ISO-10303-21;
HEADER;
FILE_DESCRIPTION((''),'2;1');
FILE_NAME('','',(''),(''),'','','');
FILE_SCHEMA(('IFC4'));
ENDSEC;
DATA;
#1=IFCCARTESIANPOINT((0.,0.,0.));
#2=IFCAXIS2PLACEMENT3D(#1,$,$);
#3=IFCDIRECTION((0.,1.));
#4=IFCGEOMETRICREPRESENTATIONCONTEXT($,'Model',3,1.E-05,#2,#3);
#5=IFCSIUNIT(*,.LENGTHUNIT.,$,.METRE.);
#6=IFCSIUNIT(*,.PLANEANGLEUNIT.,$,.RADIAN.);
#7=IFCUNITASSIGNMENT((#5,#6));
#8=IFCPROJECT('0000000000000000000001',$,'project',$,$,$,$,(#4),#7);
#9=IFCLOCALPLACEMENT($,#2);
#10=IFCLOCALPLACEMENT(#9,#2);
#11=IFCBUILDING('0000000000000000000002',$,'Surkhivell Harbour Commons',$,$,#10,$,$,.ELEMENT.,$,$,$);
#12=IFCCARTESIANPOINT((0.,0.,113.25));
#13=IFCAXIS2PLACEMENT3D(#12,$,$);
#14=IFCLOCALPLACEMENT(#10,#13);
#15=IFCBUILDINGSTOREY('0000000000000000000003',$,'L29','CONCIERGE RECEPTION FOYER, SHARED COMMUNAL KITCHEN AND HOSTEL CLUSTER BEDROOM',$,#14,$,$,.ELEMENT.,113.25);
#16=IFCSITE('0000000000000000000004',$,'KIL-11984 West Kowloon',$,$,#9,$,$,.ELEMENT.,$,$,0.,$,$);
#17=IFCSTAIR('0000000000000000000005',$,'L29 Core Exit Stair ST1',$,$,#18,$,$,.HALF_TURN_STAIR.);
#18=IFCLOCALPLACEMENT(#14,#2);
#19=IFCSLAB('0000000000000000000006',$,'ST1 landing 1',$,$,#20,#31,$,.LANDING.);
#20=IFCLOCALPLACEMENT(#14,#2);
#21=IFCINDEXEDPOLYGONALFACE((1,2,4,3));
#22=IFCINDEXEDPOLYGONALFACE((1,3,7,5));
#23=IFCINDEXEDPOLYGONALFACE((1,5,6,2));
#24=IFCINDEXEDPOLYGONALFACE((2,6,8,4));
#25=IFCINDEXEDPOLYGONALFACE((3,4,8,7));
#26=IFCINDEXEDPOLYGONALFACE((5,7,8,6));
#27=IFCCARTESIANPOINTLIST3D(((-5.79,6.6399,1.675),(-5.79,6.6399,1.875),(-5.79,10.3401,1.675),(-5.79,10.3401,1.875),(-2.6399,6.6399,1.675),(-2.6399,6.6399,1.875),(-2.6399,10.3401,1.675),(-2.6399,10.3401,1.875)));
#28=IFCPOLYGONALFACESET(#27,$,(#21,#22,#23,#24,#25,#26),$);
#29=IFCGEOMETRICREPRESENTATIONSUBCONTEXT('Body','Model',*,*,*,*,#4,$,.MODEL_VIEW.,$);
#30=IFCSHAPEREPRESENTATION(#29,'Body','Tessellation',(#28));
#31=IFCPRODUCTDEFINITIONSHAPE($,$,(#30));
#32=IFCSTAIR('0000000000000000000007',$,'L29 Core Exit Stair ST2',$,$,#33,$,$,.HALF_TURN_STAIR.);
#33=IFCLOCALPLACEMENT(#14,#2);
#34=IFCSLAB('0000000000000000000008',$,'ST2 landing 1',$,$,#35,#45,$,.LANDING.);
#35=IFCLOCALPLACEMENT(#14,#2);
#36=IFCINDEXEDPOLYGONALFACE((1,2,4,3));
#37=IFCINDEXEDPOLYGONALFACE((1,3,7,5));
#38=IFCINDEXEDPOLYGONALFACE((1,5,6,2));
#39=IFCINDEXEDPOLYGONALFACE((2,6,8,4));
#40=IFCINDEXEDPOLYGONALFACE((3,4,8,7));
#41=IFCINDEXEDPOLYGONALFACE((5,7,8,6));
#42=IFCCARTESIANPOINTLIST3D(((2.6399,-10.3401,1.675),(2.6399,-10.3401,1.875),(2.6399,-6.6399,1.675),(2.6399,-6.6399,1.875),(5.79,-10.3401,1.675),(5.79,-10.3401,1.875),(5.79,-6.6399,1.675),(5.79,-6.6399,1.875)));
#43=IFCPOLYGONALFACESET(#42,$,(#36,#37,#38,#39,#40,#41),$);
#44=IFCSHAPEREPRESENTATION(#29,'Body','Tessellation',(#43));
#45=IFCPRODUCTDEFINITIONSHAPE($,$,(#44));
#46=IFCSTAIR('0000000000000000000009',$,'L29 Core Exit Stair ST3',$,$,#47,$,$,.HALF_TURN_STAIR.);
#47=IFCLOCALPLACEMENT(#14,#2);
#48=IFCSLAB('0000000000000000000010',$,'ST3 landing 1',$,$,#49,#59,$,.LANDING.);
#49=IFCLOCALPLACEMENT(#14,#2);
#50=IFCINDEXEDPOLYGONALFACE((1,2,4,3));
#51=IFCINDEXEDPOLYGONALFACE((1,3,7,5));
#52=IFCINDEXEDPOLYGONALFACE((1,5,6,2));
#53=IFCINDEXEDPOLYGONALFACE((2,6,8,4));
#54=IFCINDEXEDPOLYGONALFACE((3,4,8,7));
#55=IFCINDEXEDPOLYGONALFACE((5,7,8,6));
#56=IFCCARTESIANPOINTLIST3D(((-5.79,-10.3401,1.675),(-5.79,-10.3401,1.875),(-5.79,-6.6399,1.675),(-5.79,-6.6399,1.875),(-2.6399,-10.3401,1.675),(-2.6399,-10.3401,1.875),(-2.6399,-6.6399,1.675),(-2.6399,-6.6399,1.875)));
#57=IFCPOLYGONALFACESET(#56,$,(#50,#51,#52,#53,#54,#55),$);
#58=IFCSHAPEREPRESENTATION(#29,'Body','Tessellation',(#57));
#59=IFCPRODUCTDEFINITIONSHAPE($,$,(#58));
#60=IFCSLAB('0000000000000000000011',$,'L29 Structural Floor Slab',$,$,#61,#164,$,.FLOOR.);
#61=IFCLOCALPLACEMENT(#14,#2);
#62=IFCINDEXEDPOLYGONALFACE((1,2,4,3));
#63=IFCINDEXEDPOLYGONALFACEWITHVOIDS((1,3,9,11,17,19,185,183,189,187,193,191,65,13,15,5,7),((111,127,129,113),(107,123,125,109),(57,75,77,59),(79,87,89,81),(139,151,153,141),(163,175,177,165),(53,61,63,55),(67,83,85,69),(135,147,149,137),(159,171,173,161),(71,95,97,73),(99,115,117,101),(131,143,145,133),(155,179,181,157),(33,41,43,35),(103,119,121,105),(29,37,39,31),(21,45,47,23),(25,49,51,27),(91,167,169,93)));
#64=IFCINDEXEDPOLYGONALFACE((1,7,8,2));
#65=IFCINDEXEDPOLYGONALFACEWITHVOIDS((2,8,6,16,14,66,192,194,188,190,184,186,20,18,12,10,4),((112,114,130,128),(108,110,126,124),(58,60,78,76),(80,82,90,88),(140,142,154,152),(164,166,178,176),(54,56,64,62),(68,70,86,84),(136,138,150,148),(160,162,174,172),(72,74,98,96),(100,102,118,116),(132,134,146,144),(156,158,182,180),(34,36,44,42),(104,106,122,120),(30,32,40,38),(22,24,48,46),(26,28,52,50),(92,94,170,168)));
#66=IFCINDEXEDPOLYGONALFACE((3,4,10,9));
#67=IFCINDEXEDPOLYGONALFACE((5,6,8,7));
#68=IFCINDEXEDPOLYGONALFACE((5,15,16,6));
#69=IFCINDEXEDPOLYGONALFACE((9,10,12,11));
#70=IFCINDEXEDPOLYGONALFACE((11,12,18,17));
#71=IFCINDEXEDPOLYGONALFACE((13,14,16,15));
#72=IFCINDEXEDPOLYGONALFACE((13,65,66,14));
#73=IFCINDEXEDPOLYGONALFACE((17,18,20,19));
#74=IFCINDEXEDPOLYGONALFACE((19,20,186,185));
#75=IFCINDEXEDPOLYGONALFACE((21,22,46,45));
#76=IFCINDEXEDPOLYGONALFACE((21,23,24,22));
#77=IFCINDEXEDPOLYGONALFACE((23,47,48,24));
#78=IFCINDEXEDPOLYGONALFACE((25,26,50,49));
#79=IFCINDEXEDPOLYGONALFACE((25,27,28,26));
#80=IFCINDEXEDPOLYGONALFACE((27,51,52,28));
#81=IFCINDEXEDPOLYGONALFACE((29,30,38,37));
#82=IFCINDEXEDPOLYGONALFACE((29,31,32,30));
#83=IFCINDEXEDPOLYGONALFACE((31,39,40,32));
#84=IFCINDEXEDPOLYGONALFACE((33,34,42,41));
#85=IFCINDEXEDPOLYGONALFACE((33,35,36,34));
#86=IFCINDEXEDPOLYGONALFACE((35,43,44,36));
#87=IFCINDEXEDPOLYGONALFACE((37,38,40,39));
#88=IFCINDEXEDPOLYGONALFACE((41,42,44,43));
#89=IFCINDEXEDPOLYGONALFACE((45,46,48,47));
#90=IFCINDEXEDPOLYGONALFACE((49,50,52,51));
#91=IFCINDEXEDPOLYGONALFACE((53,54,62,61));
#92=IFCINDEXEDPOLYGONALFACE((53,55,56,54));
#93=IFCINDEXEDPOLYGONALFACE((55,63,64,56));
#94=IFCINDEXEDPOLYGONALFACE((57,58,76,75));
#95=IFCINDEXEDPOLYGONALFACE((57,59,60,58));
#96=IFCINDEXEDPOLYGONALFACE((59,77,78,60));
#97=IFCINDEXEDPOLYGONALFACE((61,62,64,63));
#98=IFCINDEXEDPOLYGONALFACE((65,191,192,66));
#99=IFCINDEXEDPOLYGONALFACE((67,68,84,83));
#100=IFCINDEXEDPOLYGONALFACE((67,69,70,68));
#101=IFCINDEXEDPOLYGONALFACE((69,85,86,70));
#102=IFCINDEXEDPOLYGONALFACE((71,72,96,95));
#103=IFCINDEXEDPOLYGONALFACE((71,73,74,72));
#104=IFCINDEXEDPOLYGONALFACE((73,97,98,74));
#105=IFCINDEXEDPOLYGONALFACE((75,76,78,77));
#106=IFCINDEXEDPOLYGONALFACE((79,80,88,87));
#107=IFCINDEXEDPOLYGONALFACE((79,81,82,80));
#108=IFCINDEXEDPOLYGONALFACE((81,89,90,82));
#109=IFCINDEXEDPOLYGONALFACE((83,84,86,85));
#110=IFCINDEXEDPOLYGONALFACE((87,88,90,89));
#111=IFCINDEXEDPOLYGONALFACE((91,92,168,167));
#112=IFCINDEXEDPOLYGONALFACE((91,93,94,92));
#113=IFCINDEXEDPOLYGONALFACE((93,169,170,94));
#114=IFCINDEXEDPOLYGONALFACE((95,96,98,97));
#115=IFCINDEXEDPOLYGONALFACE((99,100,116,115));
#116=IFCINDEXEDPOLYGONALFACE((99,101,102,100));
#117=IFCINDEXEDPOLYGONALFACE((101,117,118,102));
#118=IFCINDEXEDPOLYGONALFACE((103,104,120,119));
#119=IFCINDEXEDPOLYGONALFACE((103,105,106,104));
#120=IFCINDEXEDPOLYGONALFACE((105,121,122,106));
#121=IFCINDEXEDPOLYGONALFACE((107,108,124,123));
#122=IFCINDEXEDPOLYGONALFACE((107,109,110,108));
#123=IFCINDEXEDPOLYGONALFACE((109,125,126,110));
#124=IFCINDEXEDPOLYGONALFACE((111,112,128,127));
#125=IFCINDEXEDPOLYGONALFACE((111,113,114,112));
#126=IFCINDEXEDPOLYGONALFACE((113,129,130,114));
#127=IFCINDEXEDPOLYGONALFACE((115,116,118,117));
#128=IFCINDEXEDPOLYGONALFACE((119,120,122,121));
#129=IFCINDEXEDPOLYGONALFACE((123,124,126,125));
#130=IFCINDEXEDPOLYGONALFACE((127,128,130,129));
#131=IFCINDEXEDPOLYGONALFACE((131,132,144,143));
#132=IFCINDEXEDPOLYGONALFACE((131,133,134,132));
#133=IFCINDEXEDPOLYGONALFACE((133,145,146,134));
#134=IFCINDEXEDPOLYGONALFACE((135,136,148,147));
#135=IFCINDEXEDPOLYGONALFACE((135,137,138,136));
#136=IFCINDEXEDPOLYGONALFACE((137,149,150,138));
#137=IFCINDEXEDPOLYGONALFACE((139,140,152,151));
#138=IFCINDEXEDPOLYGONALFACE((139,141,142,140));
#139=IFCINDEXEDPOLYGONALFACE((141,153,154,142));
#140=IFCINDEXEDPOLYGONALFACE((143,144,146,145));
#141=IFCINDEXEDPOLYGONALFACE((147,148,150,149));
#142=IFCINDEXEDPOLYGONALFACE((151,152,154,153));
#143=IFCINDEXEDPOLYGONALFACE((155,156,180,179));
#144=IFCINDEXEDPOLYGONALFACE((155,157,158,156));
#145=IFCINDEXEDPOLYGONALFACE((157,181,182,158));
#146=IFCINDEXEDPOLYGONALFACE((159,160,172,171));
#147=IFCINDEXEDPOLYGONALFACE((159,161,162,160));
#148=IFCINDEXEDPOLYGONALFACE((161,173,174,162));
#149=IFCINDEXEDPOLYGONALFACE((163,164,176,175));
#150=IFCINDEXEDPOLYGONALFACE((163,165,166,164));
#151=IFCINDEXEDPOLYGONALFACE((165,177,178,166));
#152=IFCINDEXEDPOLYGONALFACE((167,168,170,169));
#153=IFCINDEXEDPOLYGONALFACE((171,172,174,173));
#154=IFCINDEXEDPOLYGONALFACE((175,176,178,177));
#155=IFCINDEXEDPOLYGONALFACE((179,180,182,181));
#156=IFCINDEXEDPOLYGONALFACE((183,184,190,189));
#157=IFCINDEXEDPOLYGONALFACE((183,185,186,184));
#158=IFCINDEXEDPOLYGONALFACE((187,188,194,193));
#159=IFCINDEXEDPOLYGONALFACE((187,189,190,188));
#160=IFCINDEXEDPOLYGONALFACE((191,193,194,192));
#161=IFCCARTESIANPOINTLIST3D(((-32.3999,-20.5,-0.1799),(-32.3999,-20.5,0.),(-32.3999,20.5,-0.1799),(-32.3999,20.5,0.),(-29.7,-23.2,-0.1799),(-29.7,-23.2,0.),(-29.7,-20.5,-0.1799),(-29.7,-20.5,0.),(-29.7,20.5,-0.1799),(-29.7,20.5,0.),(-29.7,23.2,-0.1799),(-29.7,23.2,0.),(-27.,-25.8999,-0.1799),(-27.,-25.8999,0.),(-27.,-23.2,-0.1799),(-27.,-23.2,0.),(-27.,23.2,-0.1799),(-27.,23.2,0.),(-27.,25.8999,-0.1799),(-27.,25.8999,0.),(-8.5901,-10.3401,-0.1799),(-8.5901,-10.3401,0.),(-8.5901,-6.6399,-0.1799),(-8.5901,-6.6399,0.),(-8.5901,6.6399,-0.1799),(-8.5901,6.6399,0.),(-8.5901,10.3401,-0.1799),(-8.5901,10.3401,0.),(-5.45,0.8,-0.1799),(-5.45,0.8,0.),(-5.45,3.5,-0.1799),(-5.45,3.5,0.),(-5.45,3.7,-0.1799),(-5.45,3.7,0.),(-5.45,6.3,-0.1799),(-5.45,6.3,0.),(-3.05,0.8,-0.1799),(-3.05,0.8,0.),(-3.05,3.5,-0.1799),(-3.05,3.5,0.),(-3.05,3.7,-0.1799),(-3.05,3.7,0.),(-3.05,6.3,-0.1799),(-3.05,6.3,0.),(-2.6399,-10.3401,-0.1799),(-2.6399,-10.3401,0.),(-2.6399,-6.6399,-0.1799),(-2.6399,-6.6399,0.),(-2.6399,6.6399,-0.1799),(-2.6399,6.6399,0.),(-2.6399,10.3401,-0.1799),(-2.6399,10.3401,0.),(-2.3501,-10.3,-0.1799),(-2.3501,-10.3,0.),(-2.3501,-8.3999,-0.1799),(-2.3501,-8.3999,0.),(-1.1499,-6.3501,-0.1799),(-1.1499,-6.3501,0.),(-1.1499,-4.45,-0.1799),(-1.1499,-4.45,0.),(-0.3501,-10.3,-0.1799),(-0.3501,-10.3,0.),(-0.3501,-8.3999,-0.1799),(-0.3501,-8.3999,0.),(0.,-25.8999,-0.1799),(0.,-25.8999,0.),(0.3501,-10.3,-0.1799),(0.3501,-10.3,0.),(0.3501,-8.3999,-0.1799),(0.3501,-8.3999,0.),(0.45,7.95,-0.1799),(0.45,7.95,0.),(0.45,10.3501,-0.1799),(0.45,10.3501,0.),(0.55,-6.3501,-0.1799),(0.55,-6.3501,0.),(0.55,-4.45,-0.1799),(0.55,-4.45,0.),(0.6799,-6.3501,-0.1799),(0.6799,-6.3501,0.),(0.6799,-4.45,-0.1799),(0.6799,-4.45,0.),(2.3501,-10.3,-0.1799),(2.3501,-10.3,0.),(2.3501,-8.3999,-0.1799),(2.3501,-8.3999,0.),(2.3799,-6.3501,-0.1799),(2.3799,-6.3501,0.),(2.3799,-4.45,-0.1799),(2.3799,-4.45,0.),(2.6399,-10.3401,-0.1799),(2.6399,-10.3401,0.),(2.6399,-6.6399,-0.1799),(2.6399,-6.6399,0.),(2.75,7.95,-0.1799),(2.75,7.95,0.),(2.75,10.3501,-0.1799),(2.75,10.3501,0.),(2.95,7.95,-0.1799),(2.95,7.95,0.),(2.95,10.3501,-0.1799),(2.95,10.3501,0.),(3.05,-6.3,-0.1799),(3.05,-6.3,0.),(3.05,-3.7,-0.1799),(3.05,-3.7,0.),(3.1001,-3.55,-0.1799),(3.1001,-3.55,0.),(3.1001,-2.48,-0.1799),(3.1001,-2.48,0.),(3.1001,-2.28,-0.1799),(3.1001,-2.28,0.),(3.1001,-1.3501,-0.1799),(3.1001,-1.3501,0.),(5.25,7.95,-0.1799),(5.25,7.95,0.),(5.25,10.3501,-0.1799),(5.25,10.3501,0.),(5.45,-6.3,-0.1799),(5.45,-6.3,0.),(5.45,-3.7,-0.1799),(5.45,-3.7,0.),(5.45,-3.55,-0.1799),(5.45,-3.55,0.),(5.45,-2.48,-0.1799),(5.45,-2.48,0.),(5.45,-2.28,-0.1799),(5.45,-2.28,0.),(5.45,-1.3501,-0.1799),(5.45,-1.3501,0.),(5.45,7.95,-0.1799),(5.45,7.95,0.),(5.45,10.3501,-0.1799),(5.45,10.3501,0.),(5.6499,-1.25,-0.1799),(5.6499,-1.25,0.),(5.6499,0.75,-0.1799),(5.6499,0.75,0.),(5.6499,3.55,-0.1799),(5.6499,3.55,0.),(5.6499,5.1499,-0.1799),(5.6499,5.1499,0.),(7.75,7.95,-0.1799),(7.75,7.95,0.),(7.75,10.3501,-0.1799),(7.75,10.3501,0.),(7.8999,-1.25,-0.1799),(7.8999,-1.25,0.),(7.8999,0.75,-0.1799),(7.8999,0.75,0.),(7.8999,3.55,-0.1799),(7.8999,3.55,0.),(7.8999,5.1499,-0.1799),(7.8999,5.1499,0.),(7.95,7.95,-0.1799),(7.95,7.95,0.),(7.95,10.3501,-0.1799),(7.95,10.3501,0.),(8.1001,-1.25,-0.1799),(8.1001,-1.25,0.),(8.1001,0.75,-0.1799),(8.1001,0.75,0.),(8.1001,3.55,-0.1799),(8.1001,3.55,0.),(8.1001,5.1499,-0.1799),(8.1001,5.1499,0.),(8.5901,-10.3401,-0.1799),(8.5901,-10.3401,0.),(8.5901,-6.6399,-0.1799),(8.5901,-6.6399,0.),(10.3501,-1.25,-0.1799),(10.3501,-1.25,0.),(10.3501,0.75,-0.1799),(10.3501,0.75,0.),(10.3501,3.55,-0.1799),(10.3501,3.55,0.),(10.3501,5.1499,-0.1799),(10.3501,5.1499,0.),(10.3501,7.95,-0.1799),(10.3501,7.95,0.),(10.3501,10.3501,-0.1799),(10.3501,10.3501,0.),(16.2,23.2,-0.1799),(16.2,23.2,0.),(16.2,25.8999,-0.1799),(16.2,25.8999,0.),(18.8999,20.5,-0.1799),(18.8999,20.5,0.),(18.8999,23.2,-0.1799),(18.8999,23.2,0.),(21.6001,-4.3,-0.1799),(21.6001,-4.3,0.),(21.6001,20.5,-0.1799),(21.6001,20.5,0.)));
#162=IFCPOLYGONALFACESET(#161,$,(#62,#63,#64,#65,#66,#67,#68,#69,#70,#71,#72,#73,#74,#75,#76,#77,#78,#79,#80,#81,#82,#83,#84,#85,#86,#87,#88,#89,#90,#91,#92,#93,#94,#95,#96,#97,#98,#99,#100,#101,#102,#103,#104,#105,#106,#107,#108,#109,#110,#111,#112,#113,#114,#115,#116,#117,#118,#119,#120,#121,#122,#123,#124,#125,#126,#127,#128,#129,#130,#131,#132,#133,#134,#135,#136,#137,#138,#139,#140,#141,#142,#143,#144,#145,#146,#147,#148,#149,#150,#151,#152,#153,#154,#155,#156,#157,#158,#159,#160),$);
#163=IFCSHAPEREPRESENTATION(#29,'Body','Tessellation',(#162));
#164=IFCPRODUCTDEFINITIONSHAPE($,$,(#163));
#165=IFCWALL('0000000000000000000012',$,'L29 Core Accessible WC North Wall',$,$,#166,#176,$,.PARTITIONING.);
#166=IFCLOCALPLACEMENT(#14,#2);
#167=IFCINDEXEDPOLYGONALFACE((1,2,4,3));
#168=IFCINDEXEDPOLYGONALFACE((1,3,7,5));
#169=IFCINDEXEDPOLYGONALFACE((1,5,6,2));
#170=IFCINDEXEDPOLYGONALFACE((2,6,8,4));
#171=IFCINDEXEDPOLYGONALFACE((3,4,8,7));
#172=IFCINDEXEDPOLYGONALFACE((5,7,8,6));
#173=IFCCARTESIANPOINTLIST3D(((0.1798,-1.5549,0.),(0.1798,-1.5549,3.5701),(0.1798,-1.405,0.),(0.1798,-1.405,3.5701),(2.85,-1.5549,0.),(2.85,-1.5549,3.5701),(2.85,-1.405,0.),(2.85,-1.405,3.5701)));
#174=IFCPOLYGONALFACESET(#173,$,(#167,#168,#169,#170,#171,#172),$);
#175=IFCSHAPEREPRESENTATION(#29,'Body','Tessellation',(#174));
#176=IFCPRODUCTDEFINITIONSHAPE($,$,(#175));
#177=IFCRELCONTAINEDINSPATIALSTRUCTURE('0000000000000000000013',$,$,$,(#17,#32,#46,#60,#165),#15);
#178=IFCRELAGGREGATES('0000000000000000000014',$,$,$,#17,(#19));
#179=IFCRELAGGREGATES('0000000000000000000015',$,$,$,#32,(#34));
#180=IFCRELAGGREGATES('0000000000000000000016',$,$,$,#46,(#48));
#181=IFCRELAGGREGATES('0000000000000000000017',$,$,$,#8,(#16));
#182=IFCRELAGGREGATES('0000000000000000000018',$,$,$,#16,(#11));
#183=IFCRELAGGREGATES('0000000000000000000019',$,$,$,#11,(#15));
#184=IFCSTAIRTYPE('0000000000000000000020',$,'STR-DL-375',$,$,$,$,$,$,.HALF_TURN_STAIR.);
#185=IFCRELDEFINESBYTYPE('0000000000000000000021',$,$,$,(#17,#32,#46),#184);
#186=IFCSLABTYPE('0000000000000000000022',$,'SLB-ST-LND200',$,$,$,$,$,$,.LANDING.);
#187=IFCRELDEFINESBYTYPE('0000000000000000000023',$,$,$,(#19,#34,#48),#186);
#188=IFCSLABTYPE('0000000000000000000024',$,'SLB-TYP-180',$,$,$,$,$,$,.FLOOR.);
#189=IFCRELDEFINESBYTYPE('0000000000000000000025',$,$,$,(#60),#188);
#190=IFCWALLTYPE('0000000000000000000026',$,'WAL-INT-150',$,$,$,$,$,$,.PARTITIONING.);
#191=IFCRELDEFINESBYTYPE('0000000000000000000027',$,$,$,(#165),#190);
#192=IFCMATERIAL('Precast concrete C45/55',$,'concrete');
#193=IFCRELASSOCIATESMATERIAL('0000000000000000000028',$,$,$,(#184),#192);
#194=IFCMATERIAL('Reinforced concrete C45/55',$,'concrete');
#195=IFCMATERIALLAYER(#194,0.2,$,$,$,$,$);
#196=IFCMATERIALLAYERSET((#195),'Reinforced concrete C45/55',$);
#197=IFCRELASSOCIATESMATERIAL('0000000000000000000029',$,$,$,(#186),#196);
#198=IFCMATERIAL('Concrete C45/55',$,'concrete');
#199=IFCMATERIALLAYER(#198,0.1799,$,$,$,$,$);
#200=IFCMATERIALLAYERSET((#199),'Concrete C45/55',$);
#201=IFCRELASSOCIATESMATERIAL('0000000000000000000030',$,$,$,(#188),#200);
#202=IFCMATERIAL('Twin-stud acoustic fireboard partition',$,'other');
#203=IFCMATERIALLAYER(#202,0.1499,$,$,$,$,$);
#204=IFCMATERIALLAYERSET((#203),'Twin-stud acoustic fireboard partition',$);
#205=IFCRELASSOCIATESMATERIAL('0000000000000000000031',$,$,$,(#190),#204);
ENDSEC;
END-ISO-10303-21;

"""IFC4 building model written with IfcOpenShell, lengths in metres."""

from ifc_helpers import new_model, si_unit, direction, frame, frame_2d, origin, place, context, subcontext, project, spatial, polyline, rectangle, outline, extrude, material, layer, layer_set, type_object, element, aggregate, save


model = new_model("IFC4")

# Units and contexts
model_context = context("Model", 3, precision=1e-05, world=origin(), true_north=direction((0.0, 1.0)))
body_context = subcontext(model_context, "Body", "Model", "MODEL_VIEW")
ifc_project = project(units=[si_unit("LENGTHUNIT", "METRE"), si_unit("PLANEANGLEUNIT", "RADIAN")], contexts=[model_context])

# Site, building, storey
site_placement = place(None, origin())
site = spatial("IfcSite", under=ifc_project, at=site_placement, Name="KIL-11984 West Kowloon", CompositionType="ELEMENT", RefElevation=0.0)
building_placement = place(site_placement, origin())
building = spatial("IfcBuilding", under=site, at=building_placement, Name="Surkhivell Harbour Commons", CompositionType="ELEMENT")
storey_placement = place(building_placement, frame((0.0, 0.0, 113.25)))
storey = spatial("IfcBuildingStorey", under=building, at=storey_placement, Name="L29", Description="CONCIERGE RECEPTION FOYER, SHARED COMMUNAL KITCHEN AND HOSTEL CLUSTER BEDROOM", CompositionType="ELEMENT", Elevation=113.25)

# Stairs, slabs
ifc_material_1 = material(Name="Precast concrete C45/55", Category="concrete")
stair_type = type_object("IfcStairType", Name="STR-DL-375", PredefinedType="HALF_TURN_STAIR", material=ifc_material_1)
stair_1_placement = place(storey_placement, origin())
stair_1 = element("IfcStair", 1, at=stair_1_placement, inside=storey, type_object=stair_type, Name="L29 Core Exit Stair ST1", PredefinedType="HALF_TURN_STAIR")
ifc_material_2 = material(Name="Reinforced concrete C45/55", Category="concrete")
ifc_layer_1 = layer(ifc_material_2, 0.2)
ifc_layer_set_1 = layer_set([ifc_layer_1], Name="Reinforced concrete C45/55")
slab_type_1 = type_object("IfcSlabType", Name="SLB-ST-LND200", PredefinedType="LANDING", material=ifc_layer_set_1)
slab_1_placement = place(storey_placement, frame((0.0, 0.0, 1.675)))
slab_1 = element("IfcSlab", 2, at=slab_1_placement, type_object=slab_type_1, Name="ST1 landing 1", PredefinedType="LANDING", context=body_context, shape_type="SweptSolid", body=[
    extrude(outline(polyline([(-5.79, 6.6399), (-2.6399, 6.6399), (-2.6399, 10.3401), (-5.79, 10.3401), (-5.79, 6.6399)])), origin(), (0.0, 0.0, 1.0), 0.2),
])
aggregate(stair_1, [slab_1])
stair_2_placement = place(storey_placement, origin())
stair_2 = element("IfcStair", 3, at=stair_2_placement, inside=storey, type_object=stair_type, Name="L29 Core Exit Stair ST2", PredefinedType="HALF_TURN_STAIR")
slab_2_placement = place(storey_placement, frame((0.0, 0.0, 1.675)))
slab_2 = element("IfcSlab", 4, at=slab_2_placement, type_object=slab_type_1, Name="ST2 landing 1", PredefinedType="LANDING", context=body_context, shape_type="SweptSolid", body=[
    extrude(outline(polyline([(5.79, -6.6399), (2.6399, -6.6399), (2.6399, -10.3401), (5.79, -10.3401), (5.79, -6.6399)])), origin(), (0.0, 0.0, 1.0), 0.2),
])
aggregate(stair_2, [slab_2])
stair_3_placement = place(storey_placement, origin())
stair_3 = element("IfcStair", 5, at=stair_3_placement, inside=storey, type_object=stair_type, Name="L29 Core Exit Stair ST3", PredefinedType="HALF_TURN_STAIR")
slab_3_placement = place(storey_placement, frame((0.0, 0.0, 1.675)))
slab_3 = element("IfcSlab", 6, at=slab_3_placement, type_object=slab_type_1, Name="ST3 landing 1", PredefinedType="LANDING", context=body_context, shape_type="SweptSolid", body=[
    extrude(outline(polyline([(-5.79, -10.3401), (-2.6399, -10.3401), (-2.6399, -6.6399), (-5.79, -6.6399), (-5.79, -10.3401)])), origin(), (0.0, 0.0, 1.0), 0.2),
])
aggregate(stair_3, [slab_3])

# Slab
ifc_material_3 = material(Name="Concrete C45/55", Category="concrete")
ifc_layer_2 = layer(ifc_material_3, 0.1799)
ifc_layer_set_2 = layer_set([ifc_layer_2], Name="Concrete C45/55")
slab_type_2 = type_object("IfcSlabType", Name="SLB-TYP-180", PredefinedType="FLOOR", material=ifc_layer_set_2)
slab_4_placement = place(storey_placement, frame((0.0, 0.0, -0.1799)))
element("IfcSlab", 7, at=slab_4_placement, inside=storey, type_object=slab_type_2, Name="L29 Structural Floor Slab", PredefinedType="FLOOR", context=body_context, shape_type="SweptSolid", body=[
    extrude(outline(polyline([(-27.0, -25.8999), (0.0, -25.8999), (21.6001, -4.3), (21.6001, 20.5), (18.8999, 20.5), (18.8999, 23.2), (16.2, 23.2), (16.2, 25.8999), (-27.0, 25.8999), (-27.0, 23.2), (-29.7, 23.2), (-29.7, 20.5), (-32.3999, 20.5), (-32.3999, -20.5), (-29.7, -20.5), (-29.7, -23.2), (-27.0, -23.2), (-27.0, -25.8999)]), holes=[polyline([(-8.5901, 6.6399), (-2.6399, 6.6399), (-2.6399, 10.3401), (-8.5901, 10.3401), (-8.5901, 6.6399)]), polyline([(8.5901, -6.6399), (2.6399, -6.6399), (2.6399, -10.3401), (8.5901, -10.3401), (8.5901, -6.6399)]), polyline([(-8.5901, -10.3401), (-2.6399, -10.3401), (-2.6399, -6.6399), (-8.5901, -6.6399), (-8.5901, -10.3401)]), polyline([(0.45, 7.95), (2.75, 7.95), (2.75, 10.3501), (0.45, 10.3501), (0.45, 7.95)]), polyline([(2.95, 7.95), (5.25, 7.95), (5.25, 10.3501), (2.95, 10.3501), (2.95, 7.95)]), polyline([(5.45, 7.95), (7.75, 7.95), (7.75, 10.3501), (5.45, 10.3501), (5.45, 7.95)]), polyline([(7.95, 7.95), (10.3501, 7.95), (10.3501, 10.3501), (7.95, 10.3501), (7.95, 7.95)]), polyline([(5.6499, 3.55), (7.8999, 3.55), (7.8999, 5.1499), (5.6499, 5.1499), (5.6499, 3.55)]), polyline([(8.1001, 3.55), (10.3501, 3.55), (10.3501, 5.1499), (8.1001, 5.1499), (8.1001, 3.55)]), polyline([(5.6499, -1.25), (7.8999, -1.25), (7.8999, 0.75), (5.6499, 0.75), (5.6499, -1.25)]), polyline([(8.1001, -1.25), (10.3501, -1.25), (10.3501, 0.75), (8.1001, 0.75), (8.1001, -1.25)]), polyline([(-1.1499, -6.3501), (0.55, -6.3501), (0.55, -4.45), (-1.1499, -4.45), (-1.1499, -6.3501)]), polyline([(0.6799, -6.3501), (2.3799, -6.3501), (2.3799, -4.45), (0.6799, -4.45), (0.6799, -6.3501)]), polyline([(-2.3501, -10.3), (-0.3501, -10.3), (-0.3501, -8.3999), (-2.3501, -8.3999), (-2.3501, -10.3)]), polyline([(0.3501, -10.3), (2.3501, -10.3), (2.3501, -8.3999), (0.3501, -8.3999), (0.3501, -10.3)]), polyline([(-5.45, 3.7), (-3.05, 3.7), (-3.05, 6.3), (-5.45, 6.3), (-5.45, 3.7)]), polyline([(3.05, -6.3), (5.45, -6.3), (5.45, -3.7), (3.05, -3.7), (3.05, -6.3)]), polyline([(-5.45, 0.8), (-3.05, 0.8), (-3.05, 3.5), (-5.45, 3.5), (-5.45, 0.8)]), polyline([(3.1001, -3.55), (5.45, -3.55), (5.45, -2.48), (3.1001, -2.48), (3.1001, -3.55)]), polyline([(3.1001, -2.28), (5.45, -2.28), (5.45, -1.3501), (3.1001, -1.3501), (3.1001, -2.28)])]), origin(), (0.0, 0.0, 1.0), 0.1799),
])

# Wall
ifc_material_4 = material(Name="Twin-stud acoustic fireboard partition", Category="other")
ifc_layer_3 = layer(ifc_material_4, 0.1499)
ifc_layer_set_3 = layer_set([ifc_layer_3], Name="Twin-stud acoustic fireboard partition")
wall_type_1 = type_object("IfcWallType", Name="WAL-INT-150", PredefinedType="PARTITIONING", material=ifc_layer_set_3)
wall_1_placement = place(storey_placement, frame((0.1799, -1.48, 0.0), z_axis=(0.0, 0.0, 1.0), x_axis=(1.0, 0.0, 0.0)))
element("IfcWall", 8, at=wall_1_placement, inside=storey, type_object=wall_type_1, Name="L29 Core Accessible WC North Wall", PredefinedType="PARTITIONING", context=body_context, shape_type="SweptSolid", body=[
    extrude(rectangle(XDim=2.6702, YDim=0.1499, at=frame_2d((1.335, 0.0))), origin(), (0.0, 0.0, 1.0), 3.5701),
])

save(model, "model.ifc")
